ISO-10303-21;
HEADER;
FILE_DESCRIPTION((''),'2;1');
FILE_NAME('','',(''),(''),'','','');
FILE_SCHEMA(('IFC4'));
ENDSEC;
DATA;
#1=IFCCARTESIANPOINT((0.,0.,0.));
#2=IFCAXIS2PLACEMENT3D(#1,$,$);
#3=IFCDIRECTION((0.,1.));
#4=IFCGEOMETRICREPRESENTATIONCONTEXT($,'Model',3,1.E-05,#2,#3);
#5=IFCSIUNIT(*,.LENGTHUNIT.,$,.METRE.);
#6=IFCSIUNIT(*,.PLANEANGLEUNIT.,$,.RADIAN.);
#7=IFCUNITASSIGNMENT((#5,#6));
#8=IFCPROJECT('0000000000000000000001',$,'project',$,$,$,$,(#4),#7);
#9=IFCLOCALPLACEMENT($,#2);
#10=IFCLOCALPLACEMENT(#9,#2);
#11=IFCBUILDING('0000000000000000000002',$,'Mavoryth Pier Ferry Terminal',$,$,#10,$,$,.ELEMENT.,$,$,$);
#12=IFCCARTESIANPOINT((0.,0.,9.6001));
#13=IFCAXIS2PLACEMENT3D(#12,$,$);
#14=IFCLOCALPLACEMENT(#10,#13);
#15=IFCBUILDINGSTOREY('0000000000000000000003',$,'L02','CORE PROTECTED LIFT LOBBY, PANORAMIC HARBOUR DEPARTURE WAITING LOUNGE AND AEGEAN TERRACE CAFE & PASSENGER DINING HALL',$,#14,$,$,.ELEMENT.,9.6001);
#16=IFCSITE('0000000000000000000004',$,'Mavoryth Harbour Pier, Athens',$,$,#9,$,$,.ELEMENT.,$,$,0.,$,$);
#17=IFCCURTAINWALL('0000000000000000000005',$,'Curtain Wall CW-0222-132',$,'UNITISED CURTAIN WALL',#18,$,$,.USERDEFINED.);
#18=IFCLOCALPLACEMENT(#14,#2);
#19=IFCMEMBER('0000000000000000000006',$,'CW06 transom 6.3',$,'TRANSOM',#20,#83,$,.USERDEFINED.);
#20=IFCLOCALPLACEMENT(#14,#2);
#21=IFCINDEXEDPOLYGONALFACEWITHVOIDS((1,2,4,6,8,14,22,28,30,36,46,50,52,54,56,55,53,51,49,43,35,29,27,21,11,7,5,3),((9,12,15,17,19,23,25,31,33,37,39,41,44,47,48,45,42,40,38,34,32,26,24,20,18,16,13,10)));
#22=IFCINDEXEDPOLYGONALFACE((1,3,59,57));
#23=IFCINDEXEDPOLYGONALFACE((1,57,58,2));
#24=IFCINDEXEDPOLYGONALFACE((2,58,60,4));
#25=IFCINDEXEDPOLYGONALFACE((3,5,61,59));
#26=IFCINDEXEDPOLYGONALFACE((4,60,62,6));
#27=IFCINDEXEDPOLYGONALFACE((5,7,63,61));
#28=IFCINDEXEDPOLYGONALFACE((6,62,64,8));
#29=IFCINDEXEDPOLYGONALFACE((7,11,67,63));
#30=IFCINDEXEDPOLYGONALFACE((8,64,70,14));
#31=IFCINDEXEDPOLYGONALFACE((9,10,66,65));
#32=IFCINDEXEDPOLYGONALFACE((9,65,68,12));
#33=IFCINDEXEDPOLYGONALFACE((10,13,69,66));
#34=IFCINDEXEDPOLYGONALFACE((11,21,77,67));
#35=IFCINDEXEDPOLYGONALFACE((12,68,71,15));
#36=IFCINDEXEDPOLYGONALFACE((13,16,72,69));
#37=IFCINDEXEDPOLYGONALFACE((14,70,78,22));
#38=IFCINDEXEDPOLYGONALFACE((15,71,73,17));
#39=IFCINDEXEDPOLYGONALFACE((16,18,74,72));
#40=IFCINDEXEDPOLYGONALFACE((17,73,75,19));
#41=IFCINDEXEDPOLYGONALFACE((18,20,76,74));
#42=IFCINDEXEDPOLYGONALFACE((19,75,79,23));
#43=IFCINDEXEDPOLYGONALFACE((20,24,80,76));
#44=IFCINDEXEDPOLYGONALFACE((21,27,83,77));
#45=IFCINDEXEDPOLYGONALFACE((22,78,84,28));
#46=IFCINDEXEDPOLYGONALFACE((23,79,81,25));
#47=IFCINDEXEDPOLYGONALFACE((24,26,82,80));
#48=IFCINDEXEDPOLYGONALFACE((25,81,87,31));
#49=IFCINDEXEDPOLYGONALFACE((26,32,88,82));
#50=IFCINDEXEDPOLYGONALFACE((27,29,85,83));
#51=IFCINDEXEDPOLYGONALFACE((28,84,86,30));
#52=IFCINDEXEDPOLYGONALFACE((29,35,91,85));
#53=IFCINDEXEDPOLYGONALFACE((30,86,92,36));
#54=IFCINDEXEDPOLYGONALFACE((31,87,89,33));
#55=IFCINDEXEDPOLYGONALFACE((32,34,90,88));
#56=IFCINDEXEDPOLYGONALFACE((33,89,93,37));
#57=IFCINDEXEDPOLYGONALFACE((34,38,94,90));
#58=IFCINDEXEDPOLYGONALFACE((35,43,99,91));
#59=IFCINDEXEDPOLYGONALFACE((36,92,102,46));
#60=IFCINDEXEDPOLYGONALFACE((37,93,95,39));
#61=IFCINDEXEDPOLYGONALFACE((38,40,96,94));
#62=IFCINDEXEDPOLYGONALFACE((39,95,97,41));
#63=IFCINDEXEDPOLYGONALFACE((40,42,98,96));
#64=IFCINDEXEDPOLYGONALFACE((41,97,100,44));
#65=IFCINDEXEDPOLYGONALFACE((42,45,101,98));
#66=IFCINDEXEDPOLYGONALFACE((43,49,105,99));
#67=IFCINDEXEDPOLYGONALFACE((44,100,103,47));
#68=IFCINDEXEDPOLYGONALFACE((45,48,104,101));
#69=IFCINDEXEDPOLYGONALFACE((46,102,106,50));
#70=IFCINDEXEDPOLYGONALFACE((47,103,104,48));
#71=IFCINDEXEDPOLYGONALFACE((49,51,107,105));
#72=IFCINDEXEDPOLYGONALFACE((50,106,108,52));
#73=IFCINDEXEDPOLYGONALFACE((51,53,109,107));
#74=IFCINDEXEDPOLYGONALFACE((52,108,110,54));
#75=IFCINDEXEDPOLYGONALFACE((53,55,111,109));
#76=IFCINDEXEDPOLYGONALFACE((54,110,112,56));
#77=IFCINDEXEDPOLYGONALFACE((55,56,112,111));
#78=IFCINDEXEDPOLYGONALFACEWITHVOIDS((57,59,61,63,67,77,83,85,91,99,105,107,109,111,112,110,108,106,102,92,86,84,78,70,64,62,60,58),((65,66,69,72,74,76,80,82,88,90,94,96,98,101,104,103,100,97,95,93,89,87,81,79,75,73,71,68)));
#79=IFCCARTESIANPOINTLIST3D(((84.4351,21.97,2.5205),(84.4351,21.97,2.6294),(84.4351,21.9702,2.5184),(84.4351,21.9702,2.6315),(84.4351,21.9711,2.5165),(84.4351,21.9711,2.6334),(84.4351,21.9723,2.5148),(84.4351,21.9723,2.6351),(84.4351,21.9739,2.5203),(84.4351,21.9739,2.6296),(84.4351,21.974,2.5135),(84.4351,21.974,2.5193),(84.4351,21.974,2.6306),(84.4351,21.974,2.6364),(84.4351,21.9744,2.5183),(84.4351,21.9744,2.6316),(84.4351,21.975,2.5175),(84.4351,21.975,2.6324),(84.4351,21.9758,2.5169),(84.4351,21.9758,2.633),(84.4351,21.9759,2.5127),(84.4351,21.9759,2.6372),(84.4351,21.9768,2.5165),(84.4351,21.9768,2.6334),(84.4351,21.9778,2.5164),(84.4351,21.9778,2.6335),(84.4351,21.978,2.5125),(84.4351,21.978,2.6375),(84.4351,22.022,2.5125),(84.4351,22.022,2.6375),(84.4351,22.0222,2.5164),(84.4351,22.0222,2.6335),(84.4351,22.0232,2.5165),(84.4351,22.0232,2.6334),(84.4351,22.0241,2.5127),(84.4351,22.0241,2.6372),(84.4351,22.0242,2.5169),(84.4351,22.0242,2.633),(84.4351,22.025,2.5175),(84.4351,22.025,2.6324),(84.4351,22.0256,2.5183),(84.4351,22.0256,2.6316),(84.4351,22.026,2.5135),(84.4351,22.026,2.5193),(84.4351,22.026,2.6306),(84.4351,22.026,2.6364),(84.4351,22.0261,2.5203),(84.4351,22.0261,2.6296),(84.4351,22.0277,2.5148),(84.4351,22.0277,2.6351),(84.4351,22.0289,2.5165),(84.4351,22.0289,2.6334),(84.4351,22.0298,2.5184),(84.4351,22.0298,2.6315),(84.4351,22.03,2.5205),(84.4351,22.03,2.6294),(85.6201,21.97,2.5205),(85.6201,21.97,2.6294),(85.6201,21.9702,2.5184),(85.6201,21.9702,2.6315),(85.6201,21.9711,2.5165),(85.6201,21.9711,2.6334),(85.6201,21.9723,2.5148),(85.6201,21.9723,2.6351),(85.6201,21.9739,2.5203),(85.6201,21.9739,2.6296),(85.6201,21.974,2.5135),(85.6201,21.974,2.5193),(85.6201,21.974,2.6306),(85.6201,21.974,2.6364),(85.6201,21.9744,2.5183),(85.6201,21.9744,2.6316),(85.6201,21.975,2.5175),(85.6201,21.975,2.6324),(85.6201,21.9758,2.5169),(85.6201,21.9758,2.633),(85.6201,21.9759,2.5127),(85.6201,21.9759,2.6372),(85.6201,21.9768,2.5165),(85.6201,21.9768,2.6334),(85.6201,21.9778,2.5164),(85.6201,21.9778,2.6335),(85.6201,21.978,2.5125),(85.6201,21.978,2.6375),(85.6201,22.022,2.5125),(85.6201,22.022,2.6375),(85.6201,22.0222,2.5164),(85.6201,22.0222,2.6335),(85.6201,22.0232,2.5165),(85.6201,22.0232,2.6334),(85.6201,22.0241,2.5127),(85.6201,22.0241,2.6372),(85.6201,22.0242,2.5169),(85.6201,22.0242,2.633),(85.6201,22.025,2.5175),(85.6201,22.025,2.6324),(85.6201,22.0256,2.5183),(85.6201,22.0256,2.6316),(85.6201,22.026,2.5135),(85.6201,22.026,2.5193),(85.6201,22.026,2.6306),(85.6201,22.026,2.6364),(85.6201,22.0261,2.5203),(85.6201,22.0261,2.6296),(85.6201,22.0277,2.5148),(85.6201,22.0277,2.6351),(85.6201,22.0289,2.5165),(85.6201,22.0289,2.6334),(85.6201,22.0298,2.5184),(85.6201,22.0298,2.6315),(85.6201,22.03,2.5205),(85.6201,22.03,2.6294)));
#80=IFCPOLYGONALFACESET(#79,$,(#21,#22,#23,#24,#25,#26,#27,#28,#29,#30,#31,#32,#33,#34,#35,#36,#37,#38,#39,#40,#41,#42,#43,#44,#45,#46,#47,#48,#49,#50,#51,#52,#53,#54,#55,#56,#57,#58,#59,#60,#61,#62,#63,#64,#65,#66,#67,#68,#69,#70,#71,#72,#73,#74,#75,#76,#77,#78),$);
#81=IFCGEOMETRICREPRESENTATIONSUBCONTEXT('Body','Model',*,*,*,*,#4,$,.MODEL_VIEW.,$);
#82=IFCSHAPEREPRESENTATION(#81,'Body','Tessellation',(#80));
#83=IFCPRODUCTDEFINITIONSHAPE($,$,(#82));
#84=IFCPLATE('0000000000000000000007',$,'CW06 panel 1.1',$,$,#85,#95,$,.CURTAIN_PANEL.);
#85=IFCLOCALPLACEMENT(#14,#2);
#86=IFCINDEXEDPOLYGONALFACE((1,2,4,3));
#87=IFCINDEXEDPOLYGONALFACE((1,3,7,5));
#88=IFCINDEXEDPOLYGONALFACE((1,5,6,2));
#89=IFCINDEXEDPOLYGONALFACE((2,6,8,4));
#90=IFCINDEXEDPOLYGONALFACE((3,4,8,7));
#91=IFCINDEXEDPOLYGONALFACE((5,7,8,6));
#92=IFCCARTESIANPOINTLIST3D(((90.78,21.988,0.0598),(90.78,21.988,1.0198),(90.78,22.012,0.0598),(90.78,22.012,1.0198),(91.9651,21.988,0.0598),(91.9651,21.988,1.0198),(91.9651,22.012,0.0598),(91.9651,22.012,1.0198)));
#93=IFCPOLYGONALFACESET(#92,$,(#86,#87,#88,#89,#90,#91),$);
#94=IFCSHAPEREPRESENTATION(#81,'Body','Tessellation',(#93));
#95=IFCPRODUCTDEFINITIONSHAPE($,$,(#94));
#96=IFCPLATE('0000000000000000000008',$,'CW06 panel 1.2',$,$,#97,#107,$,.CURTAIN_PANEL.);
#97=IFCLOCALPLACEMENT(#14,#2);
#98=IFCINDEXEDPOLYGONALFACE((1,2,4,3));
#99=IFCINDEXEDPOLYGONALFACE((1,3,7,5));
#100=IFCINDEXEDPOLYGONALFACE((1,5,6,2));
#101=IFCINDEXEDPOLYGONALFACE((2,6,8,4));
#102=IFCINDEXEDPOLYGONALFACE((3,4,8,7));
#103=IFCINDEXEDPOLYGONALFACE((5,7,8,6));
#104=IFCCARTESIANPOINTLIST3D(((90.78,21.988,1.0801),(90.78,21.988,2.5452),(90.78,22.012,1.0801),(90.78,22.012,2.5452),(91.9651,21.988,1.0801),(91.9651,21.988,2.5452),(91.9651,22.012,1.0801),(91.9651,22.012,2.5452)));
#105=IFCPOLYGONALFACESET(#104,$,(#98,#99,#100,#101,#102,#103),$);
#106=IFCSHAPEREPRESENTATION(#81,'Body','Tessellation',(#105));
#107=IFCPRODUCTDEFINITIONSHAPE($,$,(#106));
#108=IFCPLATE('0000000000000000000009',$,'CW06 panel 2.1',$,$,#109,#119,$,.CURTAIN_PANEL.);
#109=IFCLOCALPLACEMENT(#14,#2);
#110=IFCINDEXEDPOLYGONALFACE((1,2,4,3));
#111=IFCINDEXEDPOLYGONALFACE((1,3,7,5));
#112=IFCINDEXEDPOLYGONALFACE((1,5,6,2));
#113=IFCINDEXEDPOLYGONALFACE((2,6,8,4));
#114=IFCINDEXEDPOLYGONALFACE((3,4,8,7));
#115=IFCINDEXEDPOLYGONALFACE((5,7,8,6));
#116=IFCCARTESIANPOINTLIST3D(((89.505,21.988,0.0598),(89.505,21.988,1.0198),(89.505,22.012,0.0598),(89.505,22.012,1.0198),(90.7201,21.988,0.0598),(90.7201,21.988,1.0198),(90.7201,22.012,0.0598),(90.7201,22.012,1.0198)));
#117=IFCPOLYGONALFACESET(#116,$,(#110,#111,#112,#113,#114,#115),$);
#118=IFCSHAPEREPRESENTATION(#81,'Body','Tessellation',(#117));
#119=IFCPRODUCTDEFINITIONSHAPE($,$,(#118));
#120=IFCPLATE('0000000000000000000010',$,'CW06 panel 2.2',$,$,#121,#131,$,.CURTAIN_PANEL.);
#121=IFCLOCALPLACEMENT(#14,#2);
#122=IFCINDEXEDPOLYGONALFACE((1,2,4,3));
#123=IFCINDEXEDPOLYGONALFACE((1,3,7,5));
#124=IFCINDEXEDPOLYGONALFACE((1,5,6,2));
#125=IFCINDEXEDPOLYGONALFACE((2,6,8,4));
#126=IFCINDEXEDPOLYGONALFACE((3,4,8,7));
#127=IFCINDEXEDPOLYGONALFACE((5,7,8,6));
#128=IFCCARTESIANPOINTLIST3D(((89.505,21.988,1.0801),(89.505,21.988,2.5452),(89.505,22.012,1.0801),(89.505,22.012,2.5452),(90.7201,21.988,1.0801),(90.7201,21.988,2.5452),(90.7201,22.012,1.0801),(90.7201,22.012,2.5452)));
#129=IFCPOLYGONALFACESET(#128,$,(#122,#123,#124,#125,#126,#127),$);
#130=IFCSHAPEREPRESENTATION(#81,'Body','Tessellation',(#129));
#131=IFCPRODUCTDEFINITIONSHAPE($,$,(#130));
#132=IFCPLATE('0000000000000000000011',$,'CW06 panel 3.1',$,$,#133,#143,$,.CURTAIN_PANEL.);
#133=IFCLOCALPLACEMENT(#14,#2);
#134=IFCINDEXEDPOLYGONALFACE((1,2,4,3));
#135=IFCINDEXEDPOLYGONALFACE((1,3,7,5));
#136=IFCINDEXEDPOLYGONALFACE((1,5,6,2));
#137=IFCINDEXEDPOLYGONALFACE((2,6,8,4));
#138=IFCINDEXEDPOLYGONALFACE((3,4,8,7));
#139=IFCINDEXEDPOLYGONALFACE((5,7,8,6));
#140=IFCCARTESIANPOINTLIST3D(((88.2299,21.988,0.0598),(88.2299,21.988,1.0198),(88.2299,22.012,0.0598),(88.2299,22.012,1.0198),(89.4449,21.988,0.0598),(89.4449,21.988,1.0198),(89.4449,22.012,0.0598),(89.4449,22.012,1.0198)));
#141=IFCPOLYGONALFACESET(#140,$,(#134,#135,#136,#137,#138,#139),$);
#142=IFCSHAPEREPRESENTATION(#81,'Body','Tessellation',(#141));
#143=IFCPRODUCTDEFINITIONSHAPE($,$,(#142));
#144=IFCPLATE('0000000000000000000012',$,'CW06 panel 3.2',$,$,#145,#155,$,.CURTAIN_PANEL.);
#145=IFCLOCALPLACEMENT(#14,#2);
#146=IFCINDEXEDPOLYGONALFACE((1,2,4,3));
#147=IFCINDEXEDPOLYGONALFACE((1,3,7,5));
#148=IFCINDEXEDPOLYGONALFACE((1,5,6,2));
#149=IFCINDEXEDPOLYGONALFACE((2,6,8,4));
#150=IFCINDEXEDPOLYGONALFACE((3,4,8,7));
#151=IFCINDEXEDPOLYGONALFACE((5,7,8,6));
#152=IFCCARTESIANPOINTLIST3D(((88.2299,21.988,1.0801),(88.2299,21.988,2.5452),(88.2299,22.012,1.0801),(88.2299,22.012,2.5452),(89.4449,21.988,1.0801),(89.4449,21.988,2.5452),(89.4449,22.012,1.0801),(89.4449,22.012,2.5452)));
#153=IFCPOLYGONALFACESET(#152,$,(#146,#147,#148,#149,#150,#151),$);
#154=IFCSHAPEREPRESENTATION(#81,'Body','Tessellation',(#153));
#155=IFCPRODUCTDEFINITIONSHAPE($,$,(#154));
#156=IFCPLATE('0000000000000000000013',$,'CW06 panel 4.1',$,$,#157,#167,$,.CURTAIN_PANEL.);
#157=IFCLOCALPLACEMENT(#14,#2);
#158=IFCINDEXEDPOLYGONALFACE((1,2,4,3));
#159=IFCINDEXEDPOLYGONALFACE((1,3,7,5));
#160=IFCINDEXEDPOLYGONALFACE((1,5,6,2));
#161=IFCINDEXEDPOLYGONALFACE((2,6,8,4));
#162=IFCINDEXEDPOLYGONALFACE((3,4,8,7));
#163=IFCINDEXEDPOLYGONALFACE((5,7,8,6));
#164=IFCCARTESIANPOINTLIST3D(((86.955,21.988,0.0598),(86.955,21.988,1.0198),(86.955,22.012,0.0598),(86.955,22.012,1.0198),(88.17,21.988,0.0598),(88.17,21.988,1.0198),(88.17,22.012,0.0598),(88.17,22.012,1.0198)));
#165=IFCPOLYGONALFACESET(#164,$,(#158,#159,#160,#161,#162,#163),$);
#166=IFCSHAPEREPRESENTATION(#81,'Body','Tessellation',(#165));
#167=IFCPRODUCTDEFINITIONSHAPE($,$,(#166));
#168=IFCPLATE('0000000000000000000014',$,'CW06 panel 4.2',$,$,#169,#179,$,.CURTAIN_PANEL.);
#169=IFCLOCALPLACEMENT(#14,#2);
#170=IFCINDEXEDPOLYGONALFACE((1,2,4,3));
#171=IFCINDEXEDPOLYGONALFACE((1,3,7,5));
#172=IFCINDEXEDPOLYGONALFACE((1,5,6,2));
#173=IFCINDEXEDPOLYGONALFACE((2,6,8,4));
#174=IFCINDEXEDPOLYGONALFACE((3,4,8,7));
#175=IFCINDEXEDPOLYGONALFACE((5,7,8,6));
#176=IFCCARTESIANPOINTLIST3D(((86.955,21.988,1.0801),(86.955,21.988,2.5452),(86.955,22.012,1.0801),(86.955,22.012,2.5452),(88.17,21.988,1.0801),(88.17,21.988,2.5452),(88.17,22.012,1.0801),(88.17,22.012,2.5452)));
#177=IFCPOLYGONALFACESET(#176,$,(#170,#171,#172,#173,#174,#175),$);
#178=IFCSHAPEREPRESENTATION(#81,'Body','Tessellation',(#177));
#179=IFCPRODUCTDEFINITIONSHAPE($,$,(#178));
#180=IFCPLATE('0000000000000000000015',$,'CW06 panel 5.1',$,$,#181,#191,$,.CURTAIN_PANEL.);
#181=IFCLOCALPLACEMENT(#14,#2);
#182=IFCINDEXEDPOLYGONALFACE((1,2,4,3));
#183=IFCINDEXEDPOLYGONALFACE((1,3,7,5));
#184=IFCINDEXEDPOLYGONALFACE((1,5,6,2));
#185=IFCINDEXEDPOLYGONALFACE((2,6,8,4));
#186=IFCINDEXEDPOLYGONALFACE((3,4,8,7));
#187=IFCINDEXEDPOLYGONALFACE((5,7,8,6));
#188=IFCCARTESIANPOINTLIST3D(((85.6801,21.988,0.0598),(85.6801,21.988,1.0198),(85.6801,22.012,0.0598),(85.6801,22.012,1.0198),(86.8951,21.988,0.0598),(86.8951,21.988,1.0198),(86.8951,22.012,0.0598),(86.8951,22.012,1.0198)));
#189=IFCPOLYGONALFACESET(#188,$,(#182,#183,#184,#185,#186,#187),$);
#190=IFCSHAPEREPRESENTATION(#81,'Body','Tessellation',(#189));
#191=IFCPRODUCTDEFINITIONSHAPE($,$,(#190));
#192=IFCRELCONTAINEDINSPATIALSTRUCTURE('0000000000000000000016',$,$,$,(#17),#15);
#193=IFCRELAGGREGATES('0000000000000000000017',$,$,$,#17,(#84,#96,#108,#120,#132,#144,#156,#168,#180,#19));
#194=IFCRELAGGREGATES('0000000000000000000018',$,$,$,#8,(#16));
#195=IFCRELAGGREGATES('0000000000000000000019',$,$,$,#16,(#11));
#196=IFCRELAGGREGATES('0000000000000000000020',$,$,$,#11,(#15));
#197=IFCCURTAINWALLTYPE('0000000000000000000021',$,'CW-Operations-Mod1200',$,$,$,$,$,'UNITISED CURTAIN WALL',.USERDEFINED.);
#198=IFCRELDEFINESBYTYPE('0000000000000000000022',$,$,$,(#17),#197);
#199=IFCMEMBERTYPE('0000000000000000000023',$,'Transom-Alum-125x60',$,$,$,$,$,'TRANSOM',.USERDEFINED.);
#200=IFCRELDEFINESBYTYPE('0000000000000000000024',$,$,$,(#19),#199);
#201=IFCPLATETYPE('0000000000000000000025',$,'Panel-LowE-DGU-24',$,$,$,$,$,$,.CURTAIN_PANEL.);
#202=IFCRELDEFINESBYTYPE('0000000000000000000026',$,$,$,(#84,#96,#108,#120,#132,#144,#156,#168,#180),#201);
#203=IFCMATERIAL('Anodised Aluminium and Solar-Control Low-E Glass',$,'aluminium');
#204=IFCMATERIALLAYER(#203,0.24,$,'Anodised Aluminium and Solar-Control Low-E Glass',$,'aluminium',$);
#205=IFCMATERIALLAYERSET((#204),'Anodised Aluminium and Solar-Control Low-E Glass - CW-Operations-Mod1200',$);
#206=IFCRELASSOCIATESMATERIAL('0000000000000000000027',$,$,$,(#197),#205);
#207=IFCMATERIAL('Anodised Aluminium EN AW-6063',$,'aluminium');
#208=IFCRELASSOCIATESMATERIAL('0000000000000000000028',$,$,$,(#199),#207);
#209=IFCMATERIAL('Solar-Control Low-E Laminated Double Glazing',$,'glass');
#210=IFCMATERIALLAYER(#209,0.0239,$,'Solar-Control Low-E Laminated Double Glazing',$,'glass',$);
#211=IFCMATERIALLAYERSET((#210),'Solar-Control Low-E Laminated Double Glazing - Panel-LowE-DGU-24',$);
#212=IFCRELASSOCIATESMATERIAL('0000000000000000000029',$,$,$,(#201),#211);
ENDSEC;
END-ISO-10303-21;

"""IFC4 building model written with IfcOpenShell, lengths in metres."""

from ifc_helpers import new_model, si_unit, direction, frame, origin, origin_2d, place, context, subcontext, project, spatial, rectangle, hollow_rectangle, extrude, material, layer, layer_set, material_profile, profile_set, type_object, element, aggregate, save


model = new_model("IFC4")

# Units and contexts
model_context = context("Model", 3, precision=1e-05, world=origin(), true_north=direction((0.0, 1.0)))
body_context = subcontext(model_context, "Body", "Model", "MODEL_VIEW")
ifc_project = project(units=[si_unit("LENGTHUNIT", "METRE"), si_unit("PLANEANGLEUNIT", "RADIAN")], contexts=[model_context])

# Site, building, storey
site_placement = place(None, origin())
site = spatial("IfcSite", under=ifc_project, at=site_placement, Name="Mavoryth Harbour Pier, Athens", CompositionType="ELEMENT", RefElevation=0.0)
building_placement = place(site_placement, origin())
building = spatial("IfcBuilding", under=site, at=building_placement, Name="Mavoryth Pier Ferry Terminal", CompositionType="ELEMENT")
storey_placement = place(building_placement, frame((0.0, 0.0, 9.6001)))
storey = spatial("IfcBuildingStorey", under=building, at=storey_placement, Name="L02", Description="CORE PROTECTED LIFT LOBBY, PANORAMIC HARBOUR DEPARTURE WAITING LOUNGE AND AEGEAN TERRACE CAFE & PASSENGER DINING HALL", CompositionType="ELEMENT", Elevation=9.6001)

# Curtain wall
ifc_material_1 = material(Name="Anodised Aluminium and Solar-Control Low-E Glass", Category="aluminium")
ifc_layer_1 = layer(ifc_material_1, 0.24, Name="Anodised Aluminium and Solar-Control Low-E Glass", Category="aluminium")
ifc_layer_set_1 = layer_set([ifc_layer_1], Name="Anodised Aluminium and Solar-Control Low-E Glass - CW-Operations-Mod1200")
curtain_wall_type = type_object("IfcCurtainWallType", Name="CW-Operations-Mod1200", ElementType="UNITISED CURTAIN WALL", PredefinedType="USERDEFINED", material=ifc_layer_set_1)
curtain_wall_placement = place(storey_placement, origin())
curtain_wall = element("IfcCurtainWall", 1, at=curtain_wall_placement, inside=storey, type_object=curtain_wall_type, Name="Curtain Wall CW-0222-132", ObjectType="UNITISED CURTAIN WALL", PredefinedType="USERDEFINED")
ifc_material_2 = material(Name="Anodised Aluminium EN AW-6063", Category="aluminium")

# Member
ifc_material_profile_1 = material_profile(ifc_material_2, hollow_rectangle(XDim=0.0601, YDim=0.125, WallThickness=0.0039, InnerFilletRadius=0.0039, OuterFilletRadius=0.0081, at=origin_2d()), Name="AL-TRAN 125x60x4", Category="aluminium")
ifc_profile_set_1 = profile_set([ifc_material_profile_1], Name="Anodised Aluminium EN AW-6063 - AL-TRAN 125x60x4")
member_type_1 = type_object("IfcMemberType", Name="Transom-Alum-125x60", ElementType="TRANSOM", PredefinedType="USERDEFINED", material=ifc_profile_set_1)
member_1_placement = place(storey_placement, frame((85.6201, 22.0, 2.575), z_axis=(-1.0, 0.0, 0.0), x_axis=(0.0, -1.0, 0.0)))
member_1 = element("IfcMember", 2, at=member_1_placement, type_object=member_type_1, Name="CW06 transom 6.3", ObjectType="TRANSOM", PredefinedType="USERDEFINED", context=body_context, shape_type="SweptSolid", body=[
    extrude(hollow_rectangle(XDim=0.0601, YDim=0.125, WallThickness=0.0039, InnerFilletRadius=0.0039, OuterFilletRadius=0.0081, at=origin_2d()), origin(), (0.0, 0.0, 1.0), 1.1851),
])

# Plates
ifc_material_3 = material(Name="Solar-Control Low-E Laminated Double Glazing", Category="glass")
ifc_layer_2 = layer(ifc_material_3, 0.0239, Name="Solar-Control Low-E Laminated Double Glazing", Category="glass")
ifc_layer_set_2 = layer_set([ifc_layer_2], Name="Solar-Control Low-E Laminated Double Glazing - Panel-LowE-DGU-24")
plate_type = type_object("IfcPlateType", Name="Panel-LowE-DGU-24", PredefinedType="CURTAIN_PANEL", material=ifc_layer_set_2)
plate_1_placement = place(storey_placement, frame((91.3726, 22.0, 0.0598), z_axis=(0.0, 0.0, 1.0), x_axis=(-1.0, 0.0, 0.0)))
plate_1 = element("IfcPlate", 3, at=plate_1_placement, type_object=plate_type, Name="CW06 panel 1.1", PredefinedType="CURTAIN_PANEL", context=body_context, shape_type="SweptSolid", body=[
    extrude(rectangle(XDim=1.1851, YDim=0.0239, at=origin_2d()), origin(), (0.0, 0.0, 1.0), 0.96),
])
plate_2_placement = place(storey_placement, frame((91.3726, 22.0, 1.0801), z_axis=(0.0, 0.0, 1.0), x_axis=(-1.0, 0.0, 0.0)))
plate_2 = element("IfcPlate", 4, at=plate_2_placement, type_object=plate_type, Name="CW06 panel 1.2", PredefinedType="CURTAIN_PANEL", context=body_context, shape_type="SweptSolid", body=[
    extrude(rectangle(XDim=1.1851, YDim=0.0239, at=origin_2d()), origin(), (0.0, 0.0, 1.0), 1.4651),
])
plate_3_placement = place(storey_placement, frame((90.1125, 22.0, 0.0598), z_axis=(0.0, 0.0, 1.0), x_axis=(-1.0, 0.0, 0.0)))
plate_3 = element("IfcPlate", 5, at=plate_3_placement, type_object=plate_type, Name="CW06 panel 2.1", PredefinedType="CURTAIN_PANEL", context=body_context, shape_type="SweptSolid", body=[
    extrude(rectangle(XDim=1.2151, YDim=0.0239, at=origin_2d()), origin(), (0.0, 0.0, 1.0), 0.96),
])
plate_4_placement = place(storey_placement, frame((90.1125, 22.0, 1.0801), z_axis=(0.0, 0.0, 1.0), x_axis=(-1.0, 0.0, 0.0)))
plate_4 = element("IfcPlate", 6, at=plate_4_placement, type_object=plate_type, Name="CW06 panel 2.2", PredefinedType="CURTAIN_PANEL", context=body_context, shape_type="SweptSolid", body=[
    extrude(rectangle(XDim=1.2151, YDim=0.0239, at=origin_2d()), origin(), (0.0, 0.0, 1.0), 1.4651),
])
plate_5_placement = place(storey_placement, frame((88.8374, 22.0, 0.0598), z_axis=(0.0, 0.0, 1.0), x_axis=(-1.0, 0.0, 0.0)))
plate_5 = element("IfcPlate", 7, at=plate_5_placement, type_object=plate_type, Name="CW06 panel 3.1", PredefinedType="CURTAIN_PANEL", context=body_context, shape_type="SweptSolid", body=[
    extrude(rectangle(XDim=1.2151, YDim=0.0239, at=origin_2d()), origin(), (0.0, 0.0, 1.0), 0.96),
])
plate_6_placement = place(storey_placement, frame((88.8374, 22.0, 1.0801), z_axis=(0.0, 0.0, 1.0), x_axis=(-1.0, 0.0, 0.0)))
plate_6 = element("IfcPlate", 8, at=plate_6_placement, type_object=plate_type, Name="CW06 panel 3.2", PredefinedType="CURTAIN_PANEL", context=body_context, shape_type="SweptSolid", body=[
    extrude(rectangle(XDim=1.2151, YDim=0.0239, at=origin_2d()), origin(), (0.0, 0.0, 1.0), 1.4651),
])
plate_7_placement = place(storey_placement, frame((87.5625, 22.0, 0.0598), z_axis=(0.0, 0.0, 1.0), x_axis=(-1.0, 0.0, 0.0)))
plate_7 = element("IfcPlate", 9, at=plate_7_placement, type_object=plate_type, Name="CW06 panel 4.1", PredefinedType="CURTAIN_PANEL", context=body_context, shape_type="SweptSolid", body=[
    extrude(rectangle(XDim=1.2151, YDim=0.0239, at=origin_2d()), origin(), (0.0, 0.0, 1.0), 0.96),
])
plate_8_placement = place(storey_placement, frame((87.5625, 22.0, 1.0801), z_axis=(0.0, 0.0, 1.0), x_axis=(-1.0, 0.0, 0.0)))
plate_8 = element("IfcPlate", 10, at=plate_8_placement, type_object=plate_type, Name="CW06 panel 4.2", PredefinedType="CURTAIN_PANEL", context=body_context, shape_type="SweptSolid", body=[
    extrude(rectangle(XDim=1.2151, YDim=0.0239, at=origin_2d()), origin(), (0.0, 0.0, 1.0), 1.4651),
])
plate_9_placement = place(storey_placement, frame((86.2876, 22.0, 0.0598), z_axis=(0.0, 0.0, 1.0), x_axis=(-1.0, 0.0, 0.0)))
plate_9 = element("IfcPlate", 11, at=plate_9_placement, type_object=plate_type, Name="CW06 panel 5.1", PredefinedType="CURTAIN_PANEL", context=body_context, shape_type="SweptSolid", body=[
    extrude(rectangle(XDim=1.2151, YDim=0.0239, at=origin_2d()), origin(), (0.0, 0.0, 1.0), 0.96),
])
aggregate(curtain_wall, [plate_1, plate_2, plate_3, plate_4, plate_5, plate_6, plate_7, plate_8, plate_9, member_1])

save(model, "model.ifc")
